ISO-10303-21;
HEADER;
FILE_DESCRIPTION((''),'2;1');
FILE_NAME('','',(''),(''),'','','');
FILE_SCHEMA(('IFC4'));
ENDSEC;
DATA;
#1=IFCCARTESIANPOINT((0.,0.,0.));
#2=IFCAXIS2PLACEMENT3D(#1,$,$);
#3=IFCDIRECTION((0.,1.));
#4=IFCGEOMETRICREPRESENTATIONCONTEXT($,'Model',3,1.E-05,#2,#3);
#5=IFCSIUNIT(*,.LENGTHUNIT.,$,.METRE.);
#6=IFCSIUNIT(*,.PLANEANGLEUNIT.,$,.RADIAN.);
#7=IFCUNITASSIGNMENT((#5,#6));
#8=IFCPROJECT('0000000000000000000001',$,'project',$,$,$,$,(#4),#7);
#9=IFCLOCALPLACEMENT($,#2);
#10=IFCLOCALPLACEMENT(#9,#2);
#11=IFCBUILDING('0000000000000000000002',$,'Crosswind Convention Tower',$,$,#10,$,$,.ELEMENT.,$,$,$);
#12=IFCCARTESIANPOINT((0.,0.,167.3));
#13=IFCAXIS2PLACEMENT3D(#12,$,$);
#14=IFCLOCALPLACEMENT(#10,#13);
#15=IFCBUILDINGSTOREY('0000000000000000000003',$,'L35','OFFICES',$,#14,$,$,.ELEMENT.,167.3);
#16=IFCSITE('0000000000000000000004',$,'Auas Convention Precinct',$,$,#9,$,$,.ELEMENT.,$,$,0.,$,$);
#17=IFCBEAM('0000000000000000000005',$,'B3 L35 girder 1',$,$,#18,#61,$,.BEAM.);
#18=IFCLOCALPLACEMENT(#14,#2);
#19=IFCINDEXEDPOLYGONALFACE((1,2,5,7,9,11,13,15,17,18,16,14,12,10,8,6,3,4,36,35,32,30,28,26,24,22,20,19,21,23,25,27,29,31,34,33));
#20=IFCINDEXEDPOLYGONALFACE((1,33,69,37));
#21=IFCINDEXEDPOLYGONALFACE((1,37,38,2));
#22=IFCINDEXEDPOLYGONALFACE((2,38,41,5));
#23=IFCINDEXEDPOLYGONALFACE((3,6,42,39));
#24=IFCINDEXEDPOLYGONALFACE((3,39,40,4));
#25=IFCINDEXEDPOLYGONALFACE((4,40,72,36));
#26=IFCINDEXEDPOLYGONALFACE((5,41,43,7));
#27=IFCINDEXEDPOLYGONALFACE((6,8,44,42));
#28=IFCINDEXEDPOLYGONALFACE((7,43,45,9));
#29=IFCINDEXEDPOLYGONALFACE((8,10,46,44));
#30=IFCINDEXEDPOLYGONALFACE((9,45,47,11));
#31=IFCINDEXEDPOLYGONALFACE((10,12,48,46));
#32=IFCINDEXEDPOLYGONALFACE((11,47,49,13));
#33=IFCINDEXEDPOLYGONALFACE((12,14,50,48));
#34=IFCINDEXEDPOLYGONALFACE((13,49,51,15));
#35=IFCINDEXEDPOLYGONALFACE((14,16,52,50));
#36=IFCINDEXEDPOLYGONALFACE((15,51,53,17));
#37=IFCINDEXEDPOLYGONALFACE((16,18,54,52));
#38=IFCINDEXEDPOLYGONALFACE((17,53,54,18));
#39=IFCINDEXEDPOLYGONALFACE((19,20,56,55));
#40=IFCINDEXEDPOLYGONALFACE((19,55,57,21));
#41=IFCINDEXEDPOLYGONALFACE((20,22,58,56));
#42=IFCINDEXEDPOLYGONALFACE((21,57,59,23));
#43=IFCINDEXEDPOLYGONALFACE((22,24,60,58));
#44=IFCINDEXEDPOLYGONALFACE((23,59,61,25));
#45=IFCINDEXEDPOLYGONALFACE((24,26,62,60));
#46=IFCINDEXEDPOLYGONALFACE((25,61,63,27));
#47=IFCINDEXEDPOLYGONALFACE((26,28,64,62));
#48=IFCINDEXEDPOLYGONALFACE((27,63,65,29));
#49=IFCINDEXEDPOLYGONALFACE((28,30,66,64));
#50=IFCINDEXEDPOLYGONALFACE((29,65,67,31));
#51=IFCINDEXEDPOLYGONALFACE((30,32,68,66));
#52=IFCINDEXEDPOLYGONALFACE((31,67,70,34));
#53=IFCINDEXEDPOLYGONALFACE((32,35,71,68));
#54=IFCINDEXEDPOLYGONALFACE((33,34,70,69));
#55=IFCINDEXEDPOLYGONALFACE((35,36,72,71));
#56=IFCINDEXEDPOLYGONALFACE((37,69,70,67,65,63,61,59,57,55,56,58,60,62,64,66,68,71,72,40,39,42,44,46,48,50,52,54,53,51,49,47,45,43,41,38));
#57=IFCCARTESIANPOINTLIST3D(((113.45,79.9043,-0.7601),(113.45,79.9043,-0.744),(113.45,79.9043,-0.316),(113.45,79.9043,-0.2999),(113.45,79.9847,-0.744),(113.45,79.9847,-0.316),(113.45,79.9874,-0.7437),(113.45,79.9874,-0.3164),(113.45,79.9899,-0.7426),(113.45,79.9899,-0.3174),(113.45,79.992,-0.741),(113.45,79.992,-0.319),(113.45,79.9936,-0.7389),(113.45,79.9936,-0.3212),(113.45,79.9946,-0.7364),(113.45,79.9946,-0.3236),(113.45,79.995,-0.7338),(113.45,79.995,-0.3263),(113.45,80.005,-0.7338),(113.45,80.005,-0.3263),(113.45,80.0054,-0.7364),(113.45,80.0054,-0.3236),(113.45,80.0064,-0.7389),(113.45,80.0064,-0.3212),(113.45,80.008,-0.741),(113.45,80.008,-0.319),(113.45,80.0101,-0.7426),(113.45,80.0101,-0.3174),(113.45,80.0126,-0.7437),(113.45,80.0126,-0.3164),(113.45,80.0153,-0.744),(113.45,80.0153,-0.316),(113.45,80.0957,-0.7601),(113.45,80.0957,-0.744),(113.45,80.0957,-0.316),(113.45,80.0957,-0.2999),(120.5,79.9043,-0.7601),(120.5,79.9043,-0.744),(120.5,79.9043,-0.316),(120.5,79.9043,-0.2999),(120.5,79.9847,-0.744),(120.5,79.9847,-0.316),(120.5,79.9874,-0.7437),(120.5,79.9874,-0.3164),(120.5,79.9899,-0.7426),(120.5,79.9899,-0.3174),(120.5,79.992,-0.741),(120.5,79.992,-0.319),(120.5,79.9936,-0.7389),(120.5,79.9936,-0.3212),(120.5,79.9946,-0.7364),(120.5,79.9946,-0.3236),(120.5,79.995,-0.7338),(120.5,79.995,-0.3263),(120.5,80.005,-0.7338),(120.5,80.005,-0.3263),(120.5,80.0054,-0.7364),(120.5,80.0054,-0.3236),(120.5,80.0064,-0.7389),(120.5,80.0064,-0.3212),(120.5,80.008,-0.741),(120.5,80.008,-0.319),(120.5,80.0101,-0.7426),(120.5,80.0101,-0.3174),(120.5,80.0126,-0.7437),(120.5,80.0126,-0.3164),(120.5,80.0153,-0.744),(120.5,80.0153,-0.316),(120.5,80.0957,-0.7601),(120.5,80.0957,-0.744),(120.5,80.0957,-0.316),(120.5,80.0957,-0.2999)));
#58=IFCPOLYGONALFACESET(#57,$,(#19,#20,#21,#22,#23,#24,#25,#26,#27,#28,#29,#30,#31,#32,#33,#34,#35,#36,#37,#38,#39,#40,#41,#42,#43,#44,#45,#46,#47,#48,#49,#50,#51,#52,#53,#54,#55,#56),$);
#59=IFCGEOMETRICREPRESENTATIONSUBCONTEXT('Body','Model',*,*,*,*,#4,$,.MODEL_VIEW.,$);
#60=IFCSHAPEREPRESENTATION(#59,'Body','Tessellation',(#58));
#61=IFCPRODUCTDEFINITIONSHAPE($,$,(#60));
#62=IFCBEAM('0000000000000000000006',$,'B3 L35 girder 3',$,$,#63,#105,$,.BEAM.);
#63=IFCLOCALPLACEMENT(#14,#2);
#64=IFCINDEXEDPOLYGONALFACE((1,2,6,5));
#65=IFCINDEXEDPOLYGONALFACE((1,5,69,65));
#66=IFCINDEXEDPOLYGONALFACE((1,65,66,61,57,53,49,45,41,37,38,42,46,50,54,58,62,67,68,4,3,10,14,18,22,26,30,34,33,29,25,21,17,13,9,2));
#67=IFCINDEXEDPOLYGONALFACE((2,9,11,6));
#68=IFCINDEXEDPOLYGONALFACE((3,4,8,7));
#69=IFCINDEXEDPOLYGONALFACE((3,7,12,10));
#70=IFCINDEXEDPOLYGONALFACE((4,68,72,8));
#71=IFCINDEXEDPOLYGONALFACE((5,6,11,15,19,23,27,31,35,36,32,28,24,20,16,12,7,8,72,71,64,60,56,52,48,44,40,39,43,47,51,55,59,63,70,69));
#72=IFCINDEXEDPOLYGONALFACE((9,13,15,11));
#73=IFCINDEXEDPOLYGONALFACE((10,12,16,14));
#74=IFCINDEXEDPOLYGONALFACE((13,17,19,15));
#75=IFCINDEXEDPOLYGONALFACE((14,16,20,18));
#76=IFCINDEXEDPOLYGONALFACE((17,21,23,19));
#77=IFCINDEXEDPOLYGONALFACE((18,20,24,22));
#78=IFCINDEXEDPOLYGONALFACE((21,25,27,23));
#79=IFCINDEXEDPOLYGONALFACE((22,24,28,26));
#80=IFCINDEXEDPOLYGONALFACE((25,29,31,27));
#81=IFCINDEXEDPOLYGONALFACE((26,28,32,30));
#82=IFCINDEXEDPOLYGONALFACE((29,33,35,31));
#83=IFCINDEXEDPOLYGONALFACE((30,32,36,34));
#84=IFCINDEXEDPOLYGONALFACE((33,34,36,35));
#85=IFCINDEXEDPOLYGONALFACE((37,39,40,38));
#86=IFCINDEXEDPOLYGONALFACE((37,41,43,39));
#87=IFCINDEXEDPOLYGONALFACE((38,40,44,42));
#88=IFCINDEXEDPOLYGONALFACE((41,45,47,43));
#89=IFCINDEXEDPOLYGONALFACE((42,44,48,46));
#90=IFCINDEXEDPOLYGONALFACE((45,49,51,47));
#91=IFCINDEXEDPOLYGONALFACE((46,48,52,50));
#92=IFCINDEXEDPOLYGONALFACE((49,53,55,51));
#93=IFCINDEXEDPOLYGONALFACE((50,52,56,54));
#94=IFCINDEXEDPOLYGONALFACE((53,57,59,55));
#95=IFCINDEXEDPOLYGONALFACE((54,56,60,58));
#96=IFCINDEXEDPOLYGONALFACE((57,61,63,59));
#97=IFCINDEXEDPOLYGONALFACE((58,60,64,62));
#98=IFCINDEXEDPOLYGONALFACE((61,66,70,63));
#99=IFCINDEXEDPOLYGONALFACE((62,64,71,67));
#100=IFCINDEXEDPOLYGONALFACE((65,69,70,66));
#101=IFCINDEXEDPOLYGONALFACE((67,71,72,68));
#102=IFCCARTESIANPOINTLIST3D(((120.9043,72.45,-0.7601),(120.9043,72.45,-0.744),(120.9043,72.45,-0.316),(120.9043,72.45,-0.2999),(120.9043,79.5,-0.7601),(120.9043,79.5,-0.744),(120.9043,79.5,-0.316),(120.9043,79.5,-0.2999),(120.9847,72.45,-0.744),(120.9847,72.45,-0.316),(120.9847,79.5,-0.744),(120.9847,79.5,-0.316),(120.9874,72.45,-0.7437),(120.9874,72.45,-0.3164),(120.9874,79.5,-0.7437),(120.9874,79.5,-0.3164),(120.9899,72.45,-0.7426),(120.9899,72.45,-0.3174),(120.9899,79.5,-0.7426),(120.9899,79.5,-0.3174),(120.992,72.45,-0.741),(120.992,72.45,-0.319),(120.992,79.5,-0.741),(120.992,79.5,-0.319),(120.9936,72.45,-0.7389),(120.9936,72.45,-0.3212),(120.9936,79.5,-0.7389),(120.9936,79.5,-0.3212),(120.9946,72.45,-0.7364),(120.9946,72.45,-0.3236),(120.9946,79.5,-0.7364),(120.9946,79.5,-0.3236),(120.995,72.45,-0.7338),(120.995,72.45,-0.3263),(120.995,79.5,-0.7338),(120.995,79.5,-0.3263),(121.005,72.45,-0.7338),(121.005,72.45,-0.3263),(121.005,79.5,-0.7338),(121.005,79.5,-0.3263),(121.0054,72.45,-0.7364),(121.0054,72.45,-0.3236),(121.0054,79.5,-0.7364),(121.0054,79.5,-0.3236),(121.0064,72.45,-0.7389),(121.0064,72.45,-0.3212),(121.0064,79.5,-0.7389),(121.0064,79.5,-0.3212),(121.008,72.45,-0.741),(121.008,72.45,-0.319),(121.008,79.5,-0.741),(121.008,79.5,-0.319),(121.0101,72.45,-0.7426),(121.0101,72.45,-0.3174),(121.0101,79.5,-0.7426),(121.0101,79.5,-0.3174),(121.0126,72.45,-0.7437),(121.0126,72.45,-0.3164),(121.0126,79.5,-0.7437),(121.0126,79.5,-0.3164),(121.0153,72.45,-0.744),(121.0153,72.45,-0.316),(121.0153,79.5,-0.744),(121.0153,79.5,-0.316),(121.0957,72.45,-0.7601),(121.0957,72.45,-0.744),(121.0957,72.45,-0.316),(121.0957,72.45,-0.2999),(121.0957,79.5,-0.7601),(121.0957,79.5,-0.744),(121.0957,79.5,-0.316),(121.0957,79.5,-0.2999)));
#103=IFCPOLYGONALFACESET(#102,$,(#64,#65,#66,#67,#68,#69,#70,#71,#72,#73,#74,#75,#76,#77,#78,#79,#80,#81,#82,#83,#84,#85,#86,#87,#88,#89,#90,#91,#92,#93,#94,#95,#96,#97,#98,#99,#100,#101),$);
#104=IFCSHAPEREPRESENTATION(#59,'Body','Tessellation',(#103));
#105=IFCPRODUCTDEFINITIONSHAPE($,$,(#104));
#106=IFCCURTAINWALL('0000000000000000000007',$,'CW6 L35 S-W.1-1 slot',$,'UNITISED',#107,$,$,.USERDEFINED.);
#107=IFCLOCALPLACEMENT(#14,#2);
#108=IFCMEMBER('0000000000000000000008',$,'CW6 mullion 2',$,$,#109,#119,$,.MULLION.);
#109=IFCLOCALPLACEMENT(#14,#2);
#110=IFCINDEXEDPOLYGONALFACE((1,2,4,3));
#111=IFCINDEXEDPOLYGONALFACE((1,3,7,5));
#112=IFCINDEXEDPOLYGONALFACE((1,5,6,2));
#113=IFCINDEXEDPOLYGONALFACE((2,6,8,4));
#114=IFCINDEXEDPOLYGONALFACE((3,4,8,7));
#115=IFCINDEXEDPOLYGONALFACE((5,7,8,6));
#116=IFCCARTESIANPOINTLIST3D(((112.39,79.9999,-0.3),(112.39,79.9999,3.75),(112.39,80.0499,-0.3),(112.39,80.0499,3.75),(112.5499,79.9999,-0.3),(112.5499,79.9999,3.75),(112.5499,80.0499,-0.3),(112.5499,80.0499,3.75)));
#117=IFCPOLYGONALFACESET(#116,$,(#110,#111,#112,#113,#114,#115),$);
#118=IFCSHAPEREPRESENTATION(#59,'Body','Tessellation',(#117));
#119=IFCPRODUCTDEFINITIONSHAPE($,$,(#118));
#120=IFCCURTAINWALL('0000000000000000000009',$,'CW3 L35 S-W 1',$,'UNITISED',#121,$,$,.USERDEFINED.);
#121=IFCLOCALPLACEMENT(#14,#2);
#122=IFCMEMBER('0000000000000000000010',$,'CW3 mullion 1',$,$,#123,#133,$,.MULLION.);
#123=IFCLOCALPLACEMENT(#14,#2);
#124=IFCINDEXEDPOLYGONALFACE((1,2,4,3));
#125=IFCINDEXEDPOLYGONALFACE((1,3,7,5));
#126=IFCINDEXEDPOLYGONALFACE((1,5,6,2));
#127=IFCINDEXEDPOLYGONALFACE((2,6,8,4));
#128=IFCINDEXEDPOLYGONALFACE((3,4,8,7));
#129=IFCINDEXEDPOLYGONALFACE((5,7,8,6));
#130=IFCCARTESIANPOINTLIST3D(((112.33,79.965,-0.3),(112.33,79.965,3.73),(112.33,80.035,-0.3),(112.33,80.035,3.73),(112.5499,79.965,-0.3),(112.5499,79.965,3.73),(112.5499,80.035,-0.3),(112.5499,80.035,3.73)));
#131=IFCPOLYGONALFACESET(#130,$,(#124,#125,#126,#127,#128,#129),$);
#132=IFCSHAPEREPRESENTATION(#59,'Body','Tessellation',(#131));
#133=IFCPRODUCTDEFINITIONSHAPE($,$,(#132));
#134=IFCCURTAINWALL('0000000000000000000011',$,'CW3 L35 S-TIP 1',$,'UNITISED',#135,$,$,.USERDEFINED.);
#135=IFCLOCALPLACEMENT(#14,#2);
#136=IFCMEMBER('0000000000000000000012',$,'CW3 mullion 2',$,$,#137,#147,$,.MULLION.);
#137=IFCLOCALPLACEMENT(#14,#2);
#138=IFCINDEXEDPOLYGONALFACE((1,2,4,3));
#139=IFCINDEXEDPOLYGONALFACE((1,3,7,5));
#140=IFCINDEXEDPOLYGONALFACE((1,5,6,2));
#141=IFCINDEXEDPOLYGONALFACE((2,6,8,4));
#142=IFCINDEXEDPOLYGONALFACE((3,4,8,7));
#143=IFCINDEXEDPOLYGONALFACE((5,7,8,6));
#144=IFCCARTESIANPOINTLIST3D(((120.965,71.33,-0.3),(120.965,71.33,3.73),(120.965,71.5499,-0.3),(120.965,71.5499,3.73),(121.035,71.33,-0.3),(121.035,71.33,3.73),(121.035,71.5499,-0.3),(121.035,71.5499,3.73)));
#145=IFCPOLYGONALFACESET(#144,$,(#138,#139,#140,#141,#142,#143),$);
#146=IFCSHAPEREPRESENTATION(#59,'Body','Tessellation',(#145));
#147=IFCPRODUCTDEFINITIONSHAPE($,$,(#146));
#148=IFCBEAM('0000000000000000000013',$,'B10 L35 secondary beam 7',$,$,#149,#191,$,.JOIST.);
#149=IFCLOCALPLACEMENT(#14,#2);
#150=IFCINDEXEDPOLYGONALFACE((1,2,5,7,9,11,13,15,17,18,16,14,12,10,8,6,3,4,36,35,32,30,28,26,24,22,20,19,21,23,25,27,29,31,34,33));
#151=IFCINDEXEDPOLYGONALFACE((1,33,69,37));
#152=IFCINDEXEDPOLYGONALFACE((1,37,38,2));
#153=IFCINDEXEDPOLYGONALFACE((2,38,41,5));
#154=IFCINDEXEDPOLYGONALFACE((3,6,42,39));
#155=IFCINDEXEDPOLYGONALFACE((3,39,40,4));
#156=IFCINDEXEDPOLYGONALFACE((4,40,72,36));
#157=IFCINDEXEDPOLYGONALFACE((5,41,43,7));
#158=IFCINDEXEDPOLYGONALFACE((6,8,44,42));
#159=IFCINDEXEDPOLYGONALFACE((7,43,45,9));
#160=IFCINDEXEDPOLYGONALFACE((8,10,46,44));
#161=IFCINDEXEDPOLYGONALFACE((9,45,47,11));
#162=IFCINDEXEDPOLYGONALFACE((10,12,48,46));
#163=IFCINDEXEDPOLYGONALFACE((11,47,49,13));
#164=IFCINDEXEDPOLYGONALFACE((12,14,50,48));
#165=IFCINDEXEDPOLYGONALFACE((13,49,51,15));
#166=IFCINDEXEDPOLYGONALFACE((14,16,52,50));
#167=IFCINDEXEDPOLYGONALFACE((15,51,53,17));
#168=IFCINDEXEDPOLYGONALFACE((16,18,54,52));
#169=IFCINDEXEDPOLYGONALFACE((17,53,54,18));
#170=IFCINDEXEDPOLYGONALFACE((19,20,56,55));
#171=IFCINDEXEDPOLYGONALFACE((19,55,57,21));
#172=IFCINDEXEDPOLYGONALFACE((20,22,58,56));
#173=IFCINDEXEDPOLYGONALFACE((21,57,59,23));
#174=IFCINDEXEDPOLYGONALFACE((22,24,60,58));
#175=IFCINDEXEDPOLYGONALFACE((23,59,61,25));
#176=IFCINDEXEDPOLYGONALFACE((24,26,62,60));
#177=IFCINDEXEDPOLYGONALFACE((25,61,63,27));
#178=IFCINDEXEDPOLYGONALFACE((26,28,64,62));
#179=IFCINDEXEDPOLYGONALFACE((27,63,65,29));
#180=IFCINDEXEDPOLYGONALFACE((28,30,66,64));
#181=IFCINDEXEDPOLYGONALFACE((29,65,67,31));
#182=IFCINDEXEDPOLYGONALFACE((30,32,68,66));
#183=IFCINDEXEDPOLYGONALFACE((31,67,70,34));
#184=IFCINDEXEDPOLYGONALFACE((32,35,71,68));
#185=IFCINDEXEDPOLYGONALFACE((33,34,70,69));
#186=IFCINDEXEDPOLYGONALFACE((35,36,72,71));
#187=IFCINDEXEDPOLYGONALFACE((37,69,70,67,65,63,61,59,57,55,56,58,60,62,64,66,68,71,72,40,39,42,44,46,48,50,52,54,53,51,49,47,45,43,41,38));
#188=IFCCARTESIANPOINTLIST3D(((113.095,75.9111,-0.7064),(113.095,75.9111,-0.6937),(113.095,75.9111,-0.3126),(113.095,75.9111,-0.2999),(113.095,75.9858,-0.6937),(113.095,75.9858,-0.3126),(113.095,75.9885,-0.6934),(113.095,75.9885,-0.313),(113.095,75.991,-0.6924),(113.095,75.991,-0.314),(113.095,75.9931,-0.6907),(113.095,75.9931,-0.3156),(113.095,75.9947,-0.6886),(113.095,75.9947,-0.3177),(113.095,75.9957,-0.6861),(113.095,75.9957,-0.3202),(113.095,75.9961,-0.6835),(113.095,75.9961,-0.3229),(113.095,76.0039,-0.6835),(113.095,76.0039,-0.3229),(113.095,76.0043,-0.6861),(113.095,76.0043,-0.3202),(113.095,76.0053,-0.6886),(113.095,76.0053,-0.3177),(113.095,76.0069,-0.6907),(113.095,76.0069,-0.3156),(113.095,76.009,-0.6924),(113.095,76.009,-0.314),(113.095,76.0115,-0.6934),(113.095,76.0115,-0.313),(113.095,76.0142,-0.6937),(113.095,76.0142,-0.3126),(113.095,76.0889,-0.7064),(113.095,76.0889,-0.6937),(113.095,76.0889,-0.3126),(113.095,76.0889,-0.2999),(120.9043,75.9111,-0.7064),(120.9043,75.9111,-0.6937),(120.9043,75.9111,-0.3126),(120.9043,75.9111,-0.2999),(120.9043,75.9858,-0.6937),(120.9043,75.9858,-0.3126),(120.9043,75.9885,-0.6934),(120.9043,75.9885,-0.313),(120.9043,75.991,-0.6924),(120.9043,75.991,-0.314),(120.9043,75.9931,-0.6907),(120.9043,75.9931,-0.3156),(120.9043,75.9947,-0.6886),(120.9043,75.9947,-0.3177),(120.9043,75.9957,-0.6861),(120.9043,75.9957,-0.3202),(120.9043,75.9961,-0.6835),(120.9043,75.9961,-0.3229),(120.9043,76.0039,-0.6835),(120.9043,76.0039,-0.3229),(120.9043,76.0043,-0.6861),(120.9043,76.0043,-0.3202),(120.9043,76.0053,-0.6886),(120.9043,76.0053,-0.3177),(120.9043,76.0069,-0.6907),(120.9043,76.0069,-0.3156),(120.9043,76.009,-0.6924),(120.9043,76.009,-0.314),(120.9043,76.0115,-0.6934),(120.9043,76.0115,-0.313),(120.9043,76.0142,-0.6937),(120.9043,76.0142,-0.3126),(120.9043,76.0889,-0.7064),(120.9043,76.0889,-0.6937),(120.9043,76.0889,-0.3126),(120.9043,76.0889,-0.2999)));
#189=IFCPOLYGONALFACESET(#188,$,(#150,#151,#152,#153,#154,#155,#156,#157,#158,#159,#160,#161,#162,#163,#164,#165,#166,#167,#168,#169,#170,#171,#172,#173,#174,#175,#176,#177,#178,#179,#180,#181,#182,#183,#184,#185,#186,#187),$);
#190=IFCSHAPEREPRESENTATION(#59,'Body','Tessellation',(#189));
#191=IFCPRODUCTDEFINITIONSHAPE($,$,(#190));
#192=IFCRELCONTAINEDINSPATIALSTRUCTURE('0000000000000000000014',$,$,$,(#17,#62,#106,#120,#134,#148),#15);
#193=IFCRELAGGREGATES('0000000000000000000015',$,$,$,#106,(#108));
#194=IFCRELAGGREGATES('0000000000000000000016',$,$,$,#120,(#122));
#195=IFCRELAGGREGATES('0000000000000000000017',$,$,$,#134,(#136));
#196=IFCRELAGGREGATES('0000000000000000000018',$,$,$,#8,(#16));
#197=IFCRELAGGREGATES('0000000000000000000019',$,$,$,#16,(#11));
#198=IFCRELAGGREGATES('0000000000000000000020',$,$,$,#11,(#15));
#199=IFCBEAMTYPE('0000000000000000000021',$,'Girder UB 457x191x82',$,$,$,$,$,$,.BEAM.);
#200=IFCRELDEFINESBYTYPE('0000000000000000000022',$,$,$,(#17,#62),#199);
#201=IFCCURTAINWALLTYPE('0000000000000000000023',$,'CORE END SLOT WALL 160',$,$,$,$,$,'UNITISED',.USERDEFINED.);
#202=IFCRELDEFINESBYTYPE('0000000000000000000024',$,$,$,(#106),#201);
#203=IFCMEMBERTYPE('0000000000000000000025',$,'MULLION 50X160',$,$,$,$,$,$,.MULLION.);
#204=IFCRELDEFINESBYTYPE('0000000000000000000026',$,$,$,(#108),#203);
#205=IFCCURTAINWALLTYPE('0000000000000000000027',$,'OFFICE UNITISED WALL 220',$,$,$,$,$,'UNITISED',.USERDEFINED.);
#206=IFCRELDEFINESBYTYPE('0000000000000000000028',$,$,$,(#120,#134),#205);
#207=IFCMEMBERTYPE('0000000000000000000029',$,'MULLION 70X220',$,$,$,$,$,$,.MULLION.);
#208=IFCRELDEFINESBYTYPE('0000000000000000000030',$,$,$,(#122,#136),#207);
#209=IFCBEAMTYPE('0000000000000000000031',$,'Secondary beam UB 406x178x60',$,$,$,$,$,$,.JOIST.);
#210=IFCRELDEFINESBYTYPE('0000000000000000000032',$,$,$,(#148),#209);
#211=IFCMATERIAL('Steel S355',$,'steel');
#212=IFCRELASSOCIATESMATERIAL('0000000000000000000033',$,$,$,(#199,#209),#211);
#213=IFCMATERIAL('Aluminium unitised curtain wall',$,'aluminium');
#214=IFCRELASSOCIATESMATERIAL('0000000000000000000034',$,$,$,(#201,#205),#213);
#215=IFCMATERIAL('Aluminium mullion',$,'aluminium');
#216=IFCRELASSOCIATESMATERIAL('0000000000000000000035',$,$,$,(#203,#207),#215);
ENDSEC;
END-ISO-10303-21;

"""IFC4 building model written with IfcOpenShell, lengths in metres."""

from ifc_helpers import new_model, si_unit, direction, frame, origin, origin_2d, place, context, subcontext, project, spatial, rectangle, i_section, extrude, material, material_profile, profile_set, type_object, element, aggregate, save


model = new_model("IFC4")

# Units and contexts
model_context = context("Model", 3, precision=1e-05, world=origin(), true_north=direction((0.0, 1.0)))
body_context = subcontext(model_context, "Body", "Model", "MODEL_VIEW")
ifc_project = project(units=[si_unit("LENGTHUNIT", "METRE"), si_unit("PLANEANGLEUNIT", "RADIAN")], contexts=[model_context])

# Site, building, storey
site_placement = place(None, origin())
site = spatial("IfcSite", under=ifc_project, at=site_placement, Name="Auas Convention Precinct", CompositionType="ELEMENT", RefElevation=0.0)
building_placement = place(site_placement, origin())
building = spatial("IfcBuilding", under=site, at=building_placement, Name="Crosswind Convention Tower", CompositionType="ELEMENT")
storey_placement = place(building_placement, frame((0.0, 0.0, 167.3)))
storey = spatial("IfcBuildingStorey", under=building, at=storey_placement, Name="L35", Description="OFFICES", CompositionType="ELEMENT", Elevation=167.3)

# Beams
ifc_material_1 = material(Name="Steel S355", Category="steel")
ifc_material_profile_1 = material_profile(ifc_material_1, i_section(OverallWidth=0.1914, OverallDepth=0.4602, WebThickness=0.01, FlangeThickness=0.0161, FilletRadius=0.0103, at=origin_2d()), Name="UB 457x191x82")
ifc_profile_set_1 = profile_set([ifc_material_profile_1], Name="Steel S355")
beam_type_1 = type_object("IfcBeamType", Name="Girder UB 457x191x82", PredefinedType="BEAM", material=ifc_profile_set_1)
for number, where, z_axis, x_axis, name in (
    (1, (113.45, 80.0, -0.53), (1.0, 0.0, 0.0), (0.0, 1.0, 0.0), "B3 L35 girder 1"),
    (2, (121.0, 72.45, -0.53), (0.0, 1.0, 0.0), (-1.0, 0.0, 0.0), "B3 L35 girder 3"),
):
    element("IfcBeam", number, at=place(storey_placement, frame(where, z_axis=z_axis, x_axis=x_axis)), inside=storey, type_object=beam_type_1, Name=name, PredefinedType="BEAM", context=body_context, shape_type="SweptSolid", body=[
        extrude(i_section(OverallWidth=0.1914, OverallDepth=0.4602, WebThickness=0.01, FlangeThickness=0.0161, FilletRadius=0.0103, at=origin_2d()), origin(), (0.0, 0.0, 1.0), 7.05),
    ])

# Curtain walls, members
ifc_material_2 = material(Name="Aluminium unitised curtain wall", Category="aluminium")
curtain_wall_type_1 = type_object("IfcCurtainWallType", Name="CORE END SLOT WALL 160", ElementType="UNITISED", PredefinedType="USERDEFINED", material=ifc_material_2)
curtain_wall_1_placement = place(storey_placement, origin())
curtain_wall_1 = element("IfcCurtainWall", 3, at=curtain_wall_1_placement, inside=storey, type_object=curtain_wall_type_1, Name="CW6 L35 S-W.1-1 slot", ObjectType="UNITISED", PredefinedType="USERDEFINED")
ifc_material_3 = material(Name="Aluminium mullion", Category="aluminium")
ifc_material_profile_2 = material_profile(ifc_material_3, rectangle(XDim=0.1599, YDim=0.05, at=origin_2d()), Name="AL 160X50")
ifc_profile_set_2 = profile_set([ifc_material_profile_2], Name="Aluminium mullion")
member_type_1 = type_object("IfcMemberType", Name="MULLION 50X160", PredefinedType="MULLION", material=ifc_profile_set_2)
member_1_placement = place(storey_placement, frame((112.47, 80.0249, -0.3), z_axis=(0.0, 0.0, 1.0), x_axis=(-1.0, 0.0, 0.0)))
member_1 = element("IfcMember", 4, at=member_1_placement, type_object=member_type_1, Name="CW6 mullion 2", PredefinedType="MULLION", context=body_context, shape_type="SweptSolid", body=[
    extrude(rectangle(XDim=0.1599, YDim=0.05, at=origin_2d()), origin(), (0.0, 0.0, 1.0), 4.05),
])
aggregate(curtain_wall_1, [member_1])
curtain_wall_type_2 = type_object("IfcCurtainWallType", Name="OFFICE UNITISED WALL 220", ElementType="UNITISED", PredefinedType="USERDEFINED", material=ifc_material_2)
curtain_wall_2_placement = place(storey_placement, origin())
curtain_wall_2 = element("IfcCurtainWall", 5, at=curtain_wall_2_placement, inside=storey, type_object=curtain_wall_type_2, Name="CW3 L35 S-W 1", ObjectType="UNITISED", PredefinedType="USERDEFINED")
ifc_material_profile_3 = material_profile(ifc_material_3, rectangle(XDim=0.22, YDim=0.0701, at=origin_2d()), Name="AL 220X70")
ifc_profile_set_3 = profile_set([ifc_material_profile_3], Name="Aluminium mullion")
member_type_2 = type_object("IfcMemberType", Name="MULLION 70X220", PredefinedType="MULLION", material=ifc_profile_set_3)
member_2_placement = place(storey_placement, frame((112.4399, 80.0, -0.3), z_axis=(0.0, 0.0, 1.0), x_axis=(-1.0, 0.0, 0.0)))
member_2 = element("IfcMember", 6, at=member_2_placement, type_object=member_type_2, Name="CW3 mullion 1", PredefinedType="MULLION", context=body_context, shape_type="SweptSolid", body=[
    extrude(rectangle(XDim=0.22, YDim=0.0701, at=origin_2d()), origin(), (0.0, 0.0, 1.0), 4.03),
])
aggregate(curtain_wall_2, [member_2])
curtain_wall_3_placement = place(storey_placement, origin())
curtain_wall_3 = element("IfcCurtainWall", 7, at=curtain_wall_3_placement, inside=storey, type_object=curtain_wall_type_2, Name="CW3 L35 S-TIP 1", ObjectType="UNITISED", PredefinedType="USERDEFINED")
member_3_placement = place(storey_placement, frame((121.0, 71.4399, -0.3), z_axis=(0.0, 0.0, 1.0), x_axis=(0.0, -1.0, 0.0)))
member_3 = element("IfcMember", 8, at=member_3_placement, type_object=member_type_2, Name="CW3 mullion 2", PredefinedType="MULLION", context=body_context, shape_type="SweptSolid", body=[
    extrude(rectangle(XDim=0.22, YDim=0.0701, at=origin_2d()), origin(), (0.0, 0.0, 1.0), 4.03),
])

# Beam
ifc_material_profile_4 = material_profile(ifc_material_1, i_section(OverallWidth=0.1777, OverallDepth=0.4065, WebThickness=0.0078, FlangeThickness=0.0127, FilletRadius=0.0103, at=origin_2d()), Name="UB 406x178x60")
ifc_profile_set_4 = profile_set([ifc_material_profile_4], Name="Steel S355")
beam_type_2 = type_object("IfcBeamType", Name="Secondary beam UB 406x178x60", PredefinedType="JOIST", material=ifc_profile_set_4)
beam_1_placement = place(storey_placement, frame((113.095, 76.0, -0.5032), z_axis=(1.0, 0.0, 0.0), x_axis=(0.0, 1.0, 0.0)))
element("IfcBeam", 9, at=beam_1_placement, inside=storey, type_object=beam_type_2, Name="B10 L35 secondary beam 7", PredefinedType="JOIST", context=body_context, shape_type="SweptSolid", body=[
    extrude(i_section(OverallWidth=0.1777, OverallDepth=0.4065, WebThickness=0.0078, FlangeThickness=0.0127, FilletRadius=0.0103, at=origin_2d()), origin(), (0.0, 0.0, 1.0), 7.8093),
])

aggregate(curtain_wall_3, [member_3])

save(model, "model.ifc")
